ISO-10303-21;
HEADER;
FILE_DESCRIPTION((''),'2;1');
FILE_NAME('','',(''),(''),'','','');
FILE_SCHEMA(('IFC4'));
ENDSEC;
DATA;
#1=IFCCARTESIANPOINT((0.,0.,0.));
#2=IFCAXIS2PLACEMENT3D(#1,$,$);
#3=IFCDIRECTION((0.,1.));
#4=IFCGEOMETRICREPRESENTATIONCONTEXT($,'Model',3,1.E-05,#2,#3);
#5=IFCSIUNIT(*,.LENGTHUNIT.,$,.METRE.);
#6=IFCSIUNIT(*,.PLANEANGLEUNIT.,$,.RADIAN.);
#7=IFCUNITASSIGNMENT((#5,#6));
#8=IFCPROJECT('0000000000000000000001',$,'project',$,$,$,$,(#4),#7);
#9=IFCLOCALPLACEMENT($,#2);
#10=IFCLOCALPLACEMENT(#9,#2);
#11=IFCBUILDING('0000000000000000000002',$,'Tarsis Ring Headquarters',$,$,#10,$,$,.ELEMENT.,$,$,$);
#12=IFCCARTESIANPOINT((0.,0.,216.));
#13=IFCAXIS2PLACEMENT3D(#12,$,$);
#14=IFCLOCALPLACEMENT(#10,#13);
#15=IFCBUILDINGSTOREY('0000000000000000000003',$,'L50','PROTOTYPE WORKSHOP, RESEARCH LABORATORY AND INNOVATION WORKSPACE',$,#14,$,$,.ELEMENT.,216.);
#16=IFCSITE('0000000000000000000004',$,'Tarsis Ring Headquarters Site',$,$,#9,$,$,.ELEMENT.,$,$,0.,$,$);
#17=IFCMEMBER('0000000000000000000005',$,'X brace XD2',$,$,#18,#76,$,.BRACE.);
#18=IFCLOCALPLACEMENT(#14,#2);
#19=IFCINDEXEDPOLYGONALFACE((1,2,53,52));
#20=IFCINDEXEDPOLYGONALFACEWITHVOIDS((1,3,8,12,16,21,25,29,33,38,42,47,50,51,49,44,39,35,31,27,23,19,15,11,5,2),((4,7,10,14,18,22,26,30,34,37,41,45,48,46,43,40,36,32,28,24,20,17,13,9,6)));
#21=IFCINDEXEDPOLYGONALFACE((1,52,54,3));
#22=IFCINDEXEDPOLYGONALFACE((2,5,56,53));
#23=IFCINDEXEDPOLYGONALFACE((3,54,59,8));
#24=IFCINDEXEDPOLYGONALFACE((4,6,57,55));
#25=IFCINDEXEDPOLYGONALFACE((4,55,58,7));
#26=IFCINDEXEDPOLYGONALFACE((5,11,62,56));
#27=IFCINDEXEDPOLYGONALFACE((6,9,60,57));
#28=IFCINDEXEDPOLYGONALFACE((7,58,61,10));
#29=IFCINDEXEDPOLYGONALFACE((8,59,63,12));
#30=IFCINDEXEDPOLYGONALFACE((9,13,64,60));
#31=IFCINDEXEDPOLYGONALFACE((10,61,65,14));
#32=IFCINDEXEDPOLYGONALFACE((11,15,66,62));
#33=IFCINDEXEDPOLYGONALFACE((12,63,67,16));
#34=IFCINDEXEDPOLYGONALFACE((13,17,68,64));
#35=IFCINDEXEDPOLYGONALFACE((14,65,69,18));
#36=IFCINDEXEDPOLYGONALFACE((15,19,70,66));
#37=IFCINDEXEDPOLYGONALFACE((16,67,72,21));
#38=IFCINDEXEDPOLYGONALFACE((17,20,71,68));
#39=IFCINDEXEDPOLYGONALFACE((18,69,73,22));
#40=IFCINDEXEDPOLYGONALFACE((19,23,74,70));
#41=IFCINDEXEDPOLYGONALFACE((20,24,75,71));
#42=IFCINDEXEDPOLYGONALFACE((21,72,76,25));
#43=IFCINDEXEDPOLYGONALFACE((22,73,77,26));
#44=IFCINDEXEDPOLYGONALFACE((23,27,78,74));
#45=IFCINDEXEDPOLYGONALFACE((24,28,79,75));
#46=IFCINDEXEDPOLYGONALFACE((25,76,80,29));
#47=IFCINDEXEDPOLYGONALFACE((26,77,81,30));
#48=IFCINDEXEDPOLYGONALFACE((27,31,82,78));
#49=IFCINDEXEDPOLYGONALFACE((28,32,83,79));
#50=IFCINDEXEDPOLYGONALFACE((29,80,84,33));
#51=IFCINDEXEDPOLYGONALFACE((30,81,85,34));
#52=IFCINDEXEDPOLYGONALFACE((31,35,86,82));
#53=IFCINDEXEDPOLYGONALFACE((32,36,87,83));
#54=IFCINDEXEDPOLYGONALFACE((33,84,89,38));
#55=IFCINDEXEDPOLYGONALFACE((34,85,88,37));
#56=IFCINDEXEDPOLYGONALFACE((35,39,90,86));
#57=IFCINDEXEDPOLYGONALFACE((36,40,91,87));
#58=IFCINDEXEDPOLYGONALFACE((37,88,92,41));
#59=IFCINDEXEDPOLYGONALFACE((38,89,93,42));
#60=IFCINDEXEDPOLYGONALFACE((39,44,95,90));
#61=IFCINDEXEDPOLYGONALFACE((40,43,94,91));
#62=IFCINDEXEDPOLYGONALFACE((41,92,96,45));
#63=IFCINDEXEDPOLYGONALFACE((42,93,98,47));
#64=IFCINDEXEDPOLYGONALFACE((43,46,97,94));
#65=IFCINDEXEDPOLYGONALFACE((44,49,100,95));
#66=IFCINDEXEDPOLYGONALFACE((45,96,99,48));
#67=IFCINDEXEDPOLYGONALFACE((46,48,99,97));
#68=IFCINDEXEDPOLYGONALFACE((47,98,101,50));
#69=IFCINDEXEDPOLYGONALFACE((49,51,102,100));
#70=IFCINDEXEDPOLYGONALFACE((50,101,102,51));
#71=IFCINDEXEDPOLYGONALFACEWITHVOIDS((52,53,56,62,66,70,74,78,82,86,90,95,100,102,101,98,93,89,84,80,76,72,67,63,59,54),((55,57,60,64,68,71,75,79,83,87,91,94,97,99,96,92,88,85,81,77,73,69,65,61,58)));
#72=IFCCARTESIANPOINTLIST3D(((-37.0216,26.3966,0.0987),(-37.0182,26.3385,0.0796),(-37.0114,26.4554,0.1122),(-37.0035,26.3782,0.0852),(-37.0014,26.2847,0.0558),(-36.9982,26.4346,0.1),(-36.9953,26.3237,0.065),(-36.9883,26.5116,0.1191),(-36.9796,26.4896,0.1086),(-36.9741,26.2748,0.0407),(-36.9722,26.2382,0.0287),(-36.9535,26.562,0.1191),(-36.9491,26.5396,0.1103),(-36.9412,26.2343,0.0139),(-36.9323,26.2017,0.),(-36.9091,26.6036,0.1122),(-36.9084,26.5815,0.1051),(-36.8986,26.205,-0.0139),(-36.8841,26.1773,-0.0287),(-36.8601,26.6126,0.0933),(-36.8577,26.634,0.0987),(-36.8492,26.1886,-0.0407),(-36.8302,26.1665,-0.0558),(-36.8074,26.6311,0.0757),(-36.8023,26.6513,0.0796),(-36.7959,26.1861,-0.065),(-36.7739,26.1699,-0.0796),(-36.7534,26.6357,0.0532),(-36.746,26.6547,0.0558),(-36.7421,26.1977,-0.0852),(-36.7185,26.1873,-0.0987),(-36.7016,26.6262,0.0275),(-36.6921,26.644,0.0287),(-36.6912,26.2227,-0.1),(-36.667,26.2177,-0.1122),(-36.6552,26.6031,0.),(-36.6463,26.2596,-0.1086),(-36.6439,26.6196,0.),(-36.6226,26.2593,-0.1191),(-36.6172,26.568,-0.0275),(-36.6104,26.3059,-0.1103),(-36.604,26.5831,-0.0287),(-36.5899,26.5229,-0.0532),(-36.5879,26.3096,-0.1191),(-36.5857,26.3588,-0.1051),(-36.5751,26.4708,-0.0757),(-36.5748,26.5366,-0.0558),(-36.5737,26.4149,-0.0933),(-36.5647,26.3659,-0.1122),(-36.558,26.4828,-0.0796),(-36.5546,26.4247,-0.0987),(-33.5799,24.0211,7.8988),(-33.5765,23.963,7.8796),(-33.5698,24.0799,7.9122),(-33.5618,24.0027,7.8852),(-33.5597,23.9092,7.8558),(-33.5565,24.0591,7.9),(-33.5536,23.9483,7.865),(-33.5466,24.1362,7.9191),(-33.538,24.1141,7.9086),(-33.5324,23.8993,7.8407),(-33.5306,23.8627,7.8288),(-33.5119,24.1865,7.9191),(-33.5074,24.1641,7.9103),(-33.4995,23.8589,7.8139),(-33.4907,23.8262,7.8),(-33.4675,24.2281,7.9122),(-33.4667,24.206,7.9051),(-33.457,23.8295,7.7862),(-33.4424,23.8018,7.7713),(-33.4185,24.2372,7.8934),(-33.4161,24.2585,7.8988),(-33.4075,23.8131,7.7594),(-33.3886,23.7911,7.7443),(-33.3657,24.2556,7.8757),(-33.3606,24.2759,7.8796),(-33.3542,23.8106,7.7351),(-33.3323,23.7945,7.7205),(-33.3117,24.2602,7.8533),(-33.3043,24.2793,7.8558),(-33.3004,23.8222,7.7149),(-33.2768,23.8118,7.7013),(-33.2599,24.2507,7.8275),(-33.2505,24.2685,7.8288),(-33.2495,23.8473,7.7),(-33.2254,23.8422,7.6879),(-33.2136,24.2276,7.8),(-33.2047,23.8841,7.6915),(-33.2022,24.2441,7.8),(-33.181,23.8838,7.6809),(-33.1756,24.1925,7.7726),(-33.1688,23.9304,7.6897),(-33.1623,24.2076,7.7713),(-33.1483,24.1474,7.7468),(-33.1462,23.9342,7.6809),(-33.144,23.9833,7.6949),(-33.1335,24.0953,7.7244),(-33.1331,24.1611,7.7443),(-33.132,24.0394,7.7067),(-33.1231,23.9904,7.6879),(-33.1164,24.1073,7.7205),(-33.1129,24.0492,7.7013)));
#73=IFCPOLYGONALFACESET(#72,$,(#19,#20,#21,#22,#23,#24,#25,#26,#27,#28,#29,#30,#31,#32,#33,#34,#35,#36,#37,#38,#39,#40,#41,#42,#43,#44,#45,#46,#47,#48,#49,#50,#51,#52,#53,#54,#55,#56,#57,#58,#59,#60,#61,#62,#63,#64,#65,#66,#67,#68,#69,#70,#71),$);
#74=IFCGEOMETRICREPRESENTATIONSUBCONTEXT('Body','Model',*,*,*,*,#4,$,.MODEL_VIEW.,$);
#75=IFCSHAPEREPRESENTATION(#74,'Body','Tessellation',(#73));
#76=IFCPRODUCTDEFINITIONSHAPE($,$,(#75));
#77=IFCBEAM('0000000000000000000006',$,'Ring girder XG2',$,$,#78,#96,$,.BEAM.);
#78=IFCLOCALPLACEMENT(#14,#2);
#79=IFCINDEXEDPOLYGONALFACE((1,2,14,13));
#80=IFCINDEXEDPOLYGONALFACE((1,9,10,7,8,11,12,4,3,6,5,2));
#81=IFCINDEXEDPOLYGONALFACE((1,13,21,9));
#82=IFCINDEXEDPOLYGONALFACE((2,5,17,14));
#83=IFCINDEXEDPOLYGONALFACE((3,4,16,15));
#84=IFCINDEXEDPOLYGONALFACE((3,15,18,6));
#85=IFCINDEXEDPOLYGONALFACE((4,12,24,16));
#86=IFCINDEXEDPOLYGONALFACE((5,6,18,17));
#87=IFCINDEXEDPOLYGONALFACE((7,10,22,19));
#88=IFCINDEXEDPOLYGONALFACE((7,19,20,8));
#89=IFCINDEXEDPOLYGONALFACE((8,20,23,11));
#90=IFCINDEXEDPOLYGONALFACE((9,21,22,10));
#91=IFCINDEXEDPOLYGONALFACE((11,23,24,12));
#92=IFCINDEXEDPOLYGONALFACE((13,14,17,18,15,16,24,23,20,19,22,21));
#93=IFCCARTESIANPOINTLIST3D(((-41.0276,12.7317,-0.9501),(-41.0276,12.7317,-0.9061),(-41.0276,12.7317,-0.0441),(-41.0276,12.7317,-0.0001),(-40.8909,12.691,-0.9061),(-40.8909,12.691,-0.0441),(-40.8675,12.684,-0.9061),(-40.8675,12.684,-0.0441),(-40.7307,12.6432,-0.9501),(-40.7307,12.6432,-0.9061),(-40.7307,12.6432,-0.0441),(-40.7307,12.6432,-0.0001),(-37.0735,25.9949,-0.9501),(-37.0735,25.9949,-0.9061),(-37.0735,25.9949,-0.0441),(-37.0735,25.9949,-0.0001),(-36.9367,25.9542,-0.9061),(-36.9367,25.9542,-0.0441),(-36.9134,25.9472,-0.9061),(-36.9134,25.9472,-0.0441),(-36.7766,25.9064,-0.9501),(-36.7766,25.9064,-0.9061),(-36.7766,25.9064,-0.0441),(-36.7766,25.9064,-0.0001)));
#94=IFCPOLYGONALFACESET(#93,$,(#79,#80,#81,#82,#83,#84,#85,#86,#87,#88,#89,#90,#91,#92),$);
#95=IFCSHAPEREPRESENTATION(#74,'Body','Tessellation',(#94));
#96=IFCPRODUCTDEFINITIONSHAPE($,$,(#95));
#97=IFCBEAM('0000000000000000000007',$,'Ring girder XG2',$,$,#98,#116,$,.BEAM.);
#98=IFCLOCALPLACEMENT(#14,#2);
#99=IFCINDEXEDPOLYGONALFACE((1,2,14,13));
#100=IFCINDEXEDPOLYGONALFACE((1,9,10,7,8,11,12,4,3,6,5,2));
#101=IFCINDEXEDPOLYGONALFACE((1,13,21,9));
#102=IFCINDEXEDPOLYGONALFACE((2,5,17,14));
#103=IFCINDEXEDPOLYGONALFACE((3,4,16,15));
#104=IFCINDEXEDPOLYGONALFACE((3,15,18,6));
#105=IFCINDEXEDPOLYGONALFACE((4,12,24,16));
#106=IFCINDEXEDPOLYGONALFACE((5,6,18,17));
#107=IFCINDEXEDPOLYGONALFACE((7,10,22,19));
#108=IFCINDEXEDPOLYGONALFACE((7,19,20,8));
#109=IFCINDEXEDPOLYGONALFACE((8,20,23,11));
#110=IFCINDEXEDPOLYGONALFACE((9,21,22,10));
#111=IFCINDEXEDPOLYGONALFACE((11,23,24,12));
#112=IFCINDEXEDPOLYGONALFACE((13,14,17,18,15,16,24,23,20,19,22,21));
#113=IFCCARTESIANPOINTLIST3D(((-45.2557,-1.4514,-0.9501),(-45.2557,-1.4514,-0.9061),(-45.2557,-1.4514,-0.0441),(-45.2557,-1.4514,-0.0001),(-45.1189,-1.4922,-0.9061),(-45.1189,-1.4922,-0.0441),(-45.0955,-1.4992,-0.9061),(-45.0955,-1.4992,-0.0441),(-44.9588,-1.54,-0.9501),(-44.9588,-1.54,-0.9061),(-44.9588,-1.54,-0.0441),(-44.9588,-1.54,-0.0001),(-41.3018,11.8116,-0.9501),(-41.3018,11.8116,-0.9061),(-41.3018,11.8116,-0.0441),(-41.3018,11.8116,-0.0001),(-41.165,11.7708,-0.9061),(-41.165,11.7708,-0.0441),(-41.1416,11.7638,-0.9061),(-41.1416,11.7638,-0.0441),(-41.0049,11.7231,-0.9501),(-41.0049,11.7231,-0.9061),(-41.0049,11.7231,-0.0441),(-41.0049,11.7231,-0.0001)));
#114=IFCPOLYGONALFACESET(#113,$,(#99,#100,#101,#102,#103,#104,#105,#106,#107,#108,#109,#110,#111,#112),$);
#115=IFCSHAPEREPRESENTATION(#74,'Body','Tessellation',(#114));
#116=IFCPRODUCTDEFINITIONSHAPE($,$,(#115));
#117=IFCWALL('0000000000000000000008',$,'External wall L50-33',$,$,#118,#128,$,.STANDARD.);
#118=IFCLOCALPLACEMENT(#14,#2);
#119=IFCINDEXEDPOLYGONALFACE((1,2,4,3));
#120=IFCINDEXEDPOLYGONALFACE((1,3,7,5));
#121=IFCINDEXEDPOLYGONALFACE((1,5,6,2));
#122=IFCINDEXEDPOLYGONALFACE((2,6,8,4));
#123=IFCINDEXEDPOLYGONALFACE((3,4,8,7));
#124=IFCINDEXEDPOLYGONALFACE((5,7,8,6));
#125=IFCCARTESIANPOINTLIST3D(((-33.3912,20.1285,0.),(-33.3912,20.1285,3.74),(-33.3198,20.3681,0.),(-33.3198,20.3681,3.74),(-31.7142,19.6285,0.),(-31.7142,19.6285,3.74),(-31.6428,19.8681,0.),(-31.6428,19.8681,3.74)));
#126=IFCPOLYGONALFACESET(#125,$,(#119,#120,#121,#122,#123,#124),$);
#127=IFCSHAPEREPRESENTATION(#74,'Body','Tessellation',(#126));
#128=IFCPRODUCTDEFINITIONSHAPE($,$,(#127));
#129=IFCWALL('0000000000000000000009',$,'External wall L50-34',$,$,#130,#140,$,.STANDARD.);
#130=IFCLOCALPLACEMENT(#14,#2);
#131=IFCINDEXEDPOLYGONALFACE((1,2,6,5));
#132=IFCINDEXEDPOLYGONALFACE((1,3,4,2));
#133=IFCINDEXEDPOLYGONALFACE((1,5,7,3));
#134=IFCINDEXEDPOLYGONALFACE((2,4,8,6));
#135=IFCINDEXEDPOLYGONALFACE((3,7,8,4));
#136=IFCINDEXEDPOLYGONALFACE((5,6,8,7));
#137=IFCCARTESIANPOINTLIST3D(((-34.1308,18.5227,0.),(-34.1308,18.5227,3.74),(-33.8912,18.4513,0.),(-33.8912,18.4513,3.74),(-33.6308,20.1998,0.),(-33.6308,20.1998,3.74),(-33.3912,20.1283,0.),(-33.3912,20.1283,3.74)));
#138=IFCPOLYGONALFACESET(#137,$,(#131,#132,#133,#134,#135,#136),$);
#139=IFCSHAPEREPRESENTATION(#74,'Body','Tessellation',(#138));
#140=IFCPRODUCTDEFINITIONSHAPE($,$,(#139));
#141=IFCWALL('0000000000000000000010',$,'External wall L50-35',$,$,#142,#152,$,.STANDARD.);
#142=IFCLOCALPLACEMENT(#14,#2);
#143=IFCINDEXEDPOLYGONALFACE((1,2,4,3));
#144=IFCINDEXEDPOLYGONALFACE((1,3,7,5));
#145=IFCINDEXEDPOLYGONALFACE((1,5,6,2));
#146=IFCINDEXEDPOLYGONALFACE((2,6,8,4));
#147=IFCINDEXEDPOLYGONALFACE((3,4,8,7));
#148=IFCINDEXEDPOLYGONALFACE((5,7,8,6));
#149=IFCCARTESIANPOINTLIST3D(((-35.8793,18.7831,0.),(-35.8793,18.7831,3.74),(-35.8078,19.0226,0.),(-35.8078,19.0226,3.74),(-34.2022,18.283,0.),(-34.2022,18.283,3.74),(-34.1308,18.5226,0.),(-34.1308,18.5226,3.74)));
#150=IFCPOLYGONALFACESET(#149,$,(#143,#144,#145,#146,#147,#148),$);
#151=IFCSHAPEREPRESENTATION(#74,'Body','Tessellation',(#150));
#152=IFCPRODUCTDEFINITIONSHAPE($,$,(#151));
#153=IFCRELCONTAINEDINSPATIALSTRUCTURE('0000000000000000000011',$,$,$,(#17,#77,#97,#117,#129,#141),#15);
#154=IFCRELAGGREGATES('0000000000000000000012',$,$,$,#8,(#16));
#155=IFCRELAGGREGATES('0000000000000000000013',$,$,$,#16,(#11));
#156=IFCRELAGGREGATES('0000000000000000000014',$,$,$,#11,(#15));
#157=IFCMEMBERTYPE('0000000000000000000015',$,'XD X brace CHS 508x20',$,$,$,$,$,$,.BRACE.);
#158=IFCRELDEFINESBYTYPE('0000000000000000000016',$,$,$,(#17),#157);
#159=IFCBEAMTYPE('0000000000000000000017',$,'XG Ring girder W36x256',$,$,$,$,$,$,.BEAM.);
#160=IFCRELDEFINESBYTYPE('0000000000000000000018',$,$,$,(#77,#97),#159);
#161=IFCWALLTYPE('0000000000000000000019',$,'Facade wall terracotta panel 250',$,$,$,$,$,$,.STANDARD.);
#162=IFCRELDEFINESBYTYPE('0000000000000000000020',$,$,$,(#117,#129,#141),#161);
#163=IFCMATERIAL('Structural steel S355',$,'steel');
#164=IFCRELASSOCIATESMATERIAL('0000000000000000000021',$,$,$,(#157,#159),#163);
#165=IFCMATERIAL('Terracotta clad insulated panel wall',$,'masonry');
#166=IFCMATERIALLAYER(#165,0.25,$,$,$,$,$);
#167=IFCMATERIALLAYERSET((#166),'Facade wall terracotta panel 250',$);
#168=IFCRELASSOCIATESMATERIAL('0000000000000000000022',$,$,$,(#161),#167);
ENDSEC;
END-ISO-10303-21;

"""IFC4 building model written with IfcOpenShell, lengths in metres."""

from ifc_helpers import new_model, si_unit, direction, frame, frame_2d, origin, origin_2d, place, context, subcontext, project, spatial, rectangle, hollow_circle, i_section, extrude, material, layer, layer_set, material_profile, profile_set, type_object, element, save


model = new_model("IFC4")

# Units and contexts
model_context = context("Model", 3, precision=1e-05, world=origin(), true_north=direction((0.0, 1.0)))
body_context = subcontext(model_context, "Body", "Model", "MODEL_VIEW")
ifc_project = project(units=[si_unit("LENGTHUNIT", "METRE"), si_unit("PLANEANGLEUNIT", "RADIAN")], contexts=[model_context])

# Site, building, storey
site_placement = place(None, origin())
site = spatial("IfcSite", under=ifc_project, at=site_placement, Name="Tarsis Ring Headquarters Site", CompositionType="ELEMENT", RefElevation=0.0)
building_placement = place(site_placement, origin())
building = spatial("IfcBuilding", under=site, at=building_placement, Name="Tarsis Ring Headquarters", CompositionType="ELEMENT")
storey_placement = place(building_placement, frame((0.0, 0.0, 216.0)))
storey = spatial("IfcBuildingStorey", under=building, at=storey_placement, Name="L50", Description="PROTOTYPE WORKSHOP, RESEARCH LABORATORY AND INNOVATION WORKSPACE", CompositionType="ELEMENT", Elevation=216.0)

# Shared definitions
ifc_material_1 = material(Name="Structural steel S355", Category="steel")

# Shared definitions
ifc_material_profile_1 = material_profile(ifc_material_1, i_section(OverallWidth=0.3098, OverallDepth=0.95, WebThickness=0.0244, FlangeThickness=0.0439, at=origin_2d()), Name="W36x256")
ifc_profile_set_1 = profile_set([ifc_material_profile_1], Name="Structural steel S355")

# Member
ifc_material_profile_2 = material_profile(ifc_material_1, hollow_circle(Radius=0.2539, WallThickness=0.02, at=origin_2d()), Name="CHS 508x20")
ifc_profile_set_2 = profile_set([ifc_material_profile_2], Name="Structural steel S355")
member_type = type_object("IfcMemberType", Name="XD X brace CHS 508x20", PredefinedType="BRACE", material=ifc_profile_set_2)
member_placement = place(storey_placement, frame((-36.7881, 26.4106, 0.0), z_axis=(0.388872, -0.268406, 0.881327), x_axis=(0.568047, 0.822996, 0.0)))
element("IfcMember", 1, at=member_placement, inside=storey, type_object=member_type, Name="X brace XD2", PredefinedType="BRACE", context=body_context, shape_type="SweptSolid", body=[
    extrude(hollow_circle(Radius=0.2539, WallThickness=0.02, at=origin_2d()), origin(), (0.0, 0.0, 1.0), 8.8503),
])

# Beams
beam_type_1 = type_object("IfcBeamType", Name="XG Ring girder W36x256", PredefinedType="BEAM", material=ifc_profile_set_1)
beam_1_placement = place(storey_placement, frame((-36.925, 25.9507, -0.4751), z_axis=(-0.2857, -0.958319, 0.0), x_axis=(0.958319, -0.2857, 0.0)))
element("IfcBeam", 2, at=beam_1_placement, inside=storey, type_object=beam_type_1, Name="Ring girder XG2", PredefinedType="BEAM", context=body_context, shape_type="SweptSolid", body=[
    extrude(i_section(OverallWidth=0.3098, OverallDepth=0.95, WebThickness=0.0244, FlangeThickness=0.0439, at=origin_2d()), origin(), (0.0, 0.0, 1.0), 13.8401),
])
beam_2_placement = place(storey_placement, frame((-41.1533, 11.7673, -0.4751), z_axis=(-0.285689, -0.958323, 0.0), x_axis=(0.958323, -0.285689, 0.0)))
element("IfcBeam", 3, at=beam_2_placement, inside=storey, type_object=beam_type_1, Name="Ring girder XG2", PredefinedType="BEAM", context=body_context, shape_type="SweptSolid", body=[
    extrude(i_section(OverallWidth=0.3098, OverallDepth=0.95, WebThickness=0.0244, FlangeThickness=0.0439, at=origin_2d()), origin(), (0.0, 0.0, 1.0), 13.8398),
])

# Walls
ifc_material_2 = material(Name="Terracotta clad insulated panel wall", Category="masonry")
ifc_layer = layer(ifc_material_2, 0.25)
ifc_layer_set = layer_set([ifc_layer], Name="Facade wall terracotta panel 250")
wall_type = type_object("IfcWallType", Name="Facade wall terracotta panel 250", PredefinedType="STANDARD", material=ifc_layer_set)
for number, where, z_axis, x_axis, name in (
    (4, (-31.6785, 19.7483, 0.0), (0.0, 0.0, 1.0), (-0.958313, 0.285722, 0.0), "External wall L50-33"),
    (5, (-33.511, 20.1641, 0.0), (0.0, 0.0, 1.0), (-0.285722, -0.958313, 0.0), "External wall L50-34"),
    (6, (-34.1665, 18.4028, 0.0), (0.0, 0.0, 1.0), (-0.958313, 0.285722, 0.0), "External wall L50-35"),
):
    element("IfcWall", number, at=place(storey_placement, frame(where, z_axis=z_axis, x_axis=x_axis)), inside=storey, type_object=wall_type, Name=name, PredefinedType="STANDARD", context=body_context, shape_type="SweptSolid", body=[
        extrude(rectangle(XDim=1.75, YDim=0.25, at=frame_2d((0.875, 0.0))), origin(), (0.0, 0.0, 1.0), 3.74),
    ])

save(model, "model.ifc")
